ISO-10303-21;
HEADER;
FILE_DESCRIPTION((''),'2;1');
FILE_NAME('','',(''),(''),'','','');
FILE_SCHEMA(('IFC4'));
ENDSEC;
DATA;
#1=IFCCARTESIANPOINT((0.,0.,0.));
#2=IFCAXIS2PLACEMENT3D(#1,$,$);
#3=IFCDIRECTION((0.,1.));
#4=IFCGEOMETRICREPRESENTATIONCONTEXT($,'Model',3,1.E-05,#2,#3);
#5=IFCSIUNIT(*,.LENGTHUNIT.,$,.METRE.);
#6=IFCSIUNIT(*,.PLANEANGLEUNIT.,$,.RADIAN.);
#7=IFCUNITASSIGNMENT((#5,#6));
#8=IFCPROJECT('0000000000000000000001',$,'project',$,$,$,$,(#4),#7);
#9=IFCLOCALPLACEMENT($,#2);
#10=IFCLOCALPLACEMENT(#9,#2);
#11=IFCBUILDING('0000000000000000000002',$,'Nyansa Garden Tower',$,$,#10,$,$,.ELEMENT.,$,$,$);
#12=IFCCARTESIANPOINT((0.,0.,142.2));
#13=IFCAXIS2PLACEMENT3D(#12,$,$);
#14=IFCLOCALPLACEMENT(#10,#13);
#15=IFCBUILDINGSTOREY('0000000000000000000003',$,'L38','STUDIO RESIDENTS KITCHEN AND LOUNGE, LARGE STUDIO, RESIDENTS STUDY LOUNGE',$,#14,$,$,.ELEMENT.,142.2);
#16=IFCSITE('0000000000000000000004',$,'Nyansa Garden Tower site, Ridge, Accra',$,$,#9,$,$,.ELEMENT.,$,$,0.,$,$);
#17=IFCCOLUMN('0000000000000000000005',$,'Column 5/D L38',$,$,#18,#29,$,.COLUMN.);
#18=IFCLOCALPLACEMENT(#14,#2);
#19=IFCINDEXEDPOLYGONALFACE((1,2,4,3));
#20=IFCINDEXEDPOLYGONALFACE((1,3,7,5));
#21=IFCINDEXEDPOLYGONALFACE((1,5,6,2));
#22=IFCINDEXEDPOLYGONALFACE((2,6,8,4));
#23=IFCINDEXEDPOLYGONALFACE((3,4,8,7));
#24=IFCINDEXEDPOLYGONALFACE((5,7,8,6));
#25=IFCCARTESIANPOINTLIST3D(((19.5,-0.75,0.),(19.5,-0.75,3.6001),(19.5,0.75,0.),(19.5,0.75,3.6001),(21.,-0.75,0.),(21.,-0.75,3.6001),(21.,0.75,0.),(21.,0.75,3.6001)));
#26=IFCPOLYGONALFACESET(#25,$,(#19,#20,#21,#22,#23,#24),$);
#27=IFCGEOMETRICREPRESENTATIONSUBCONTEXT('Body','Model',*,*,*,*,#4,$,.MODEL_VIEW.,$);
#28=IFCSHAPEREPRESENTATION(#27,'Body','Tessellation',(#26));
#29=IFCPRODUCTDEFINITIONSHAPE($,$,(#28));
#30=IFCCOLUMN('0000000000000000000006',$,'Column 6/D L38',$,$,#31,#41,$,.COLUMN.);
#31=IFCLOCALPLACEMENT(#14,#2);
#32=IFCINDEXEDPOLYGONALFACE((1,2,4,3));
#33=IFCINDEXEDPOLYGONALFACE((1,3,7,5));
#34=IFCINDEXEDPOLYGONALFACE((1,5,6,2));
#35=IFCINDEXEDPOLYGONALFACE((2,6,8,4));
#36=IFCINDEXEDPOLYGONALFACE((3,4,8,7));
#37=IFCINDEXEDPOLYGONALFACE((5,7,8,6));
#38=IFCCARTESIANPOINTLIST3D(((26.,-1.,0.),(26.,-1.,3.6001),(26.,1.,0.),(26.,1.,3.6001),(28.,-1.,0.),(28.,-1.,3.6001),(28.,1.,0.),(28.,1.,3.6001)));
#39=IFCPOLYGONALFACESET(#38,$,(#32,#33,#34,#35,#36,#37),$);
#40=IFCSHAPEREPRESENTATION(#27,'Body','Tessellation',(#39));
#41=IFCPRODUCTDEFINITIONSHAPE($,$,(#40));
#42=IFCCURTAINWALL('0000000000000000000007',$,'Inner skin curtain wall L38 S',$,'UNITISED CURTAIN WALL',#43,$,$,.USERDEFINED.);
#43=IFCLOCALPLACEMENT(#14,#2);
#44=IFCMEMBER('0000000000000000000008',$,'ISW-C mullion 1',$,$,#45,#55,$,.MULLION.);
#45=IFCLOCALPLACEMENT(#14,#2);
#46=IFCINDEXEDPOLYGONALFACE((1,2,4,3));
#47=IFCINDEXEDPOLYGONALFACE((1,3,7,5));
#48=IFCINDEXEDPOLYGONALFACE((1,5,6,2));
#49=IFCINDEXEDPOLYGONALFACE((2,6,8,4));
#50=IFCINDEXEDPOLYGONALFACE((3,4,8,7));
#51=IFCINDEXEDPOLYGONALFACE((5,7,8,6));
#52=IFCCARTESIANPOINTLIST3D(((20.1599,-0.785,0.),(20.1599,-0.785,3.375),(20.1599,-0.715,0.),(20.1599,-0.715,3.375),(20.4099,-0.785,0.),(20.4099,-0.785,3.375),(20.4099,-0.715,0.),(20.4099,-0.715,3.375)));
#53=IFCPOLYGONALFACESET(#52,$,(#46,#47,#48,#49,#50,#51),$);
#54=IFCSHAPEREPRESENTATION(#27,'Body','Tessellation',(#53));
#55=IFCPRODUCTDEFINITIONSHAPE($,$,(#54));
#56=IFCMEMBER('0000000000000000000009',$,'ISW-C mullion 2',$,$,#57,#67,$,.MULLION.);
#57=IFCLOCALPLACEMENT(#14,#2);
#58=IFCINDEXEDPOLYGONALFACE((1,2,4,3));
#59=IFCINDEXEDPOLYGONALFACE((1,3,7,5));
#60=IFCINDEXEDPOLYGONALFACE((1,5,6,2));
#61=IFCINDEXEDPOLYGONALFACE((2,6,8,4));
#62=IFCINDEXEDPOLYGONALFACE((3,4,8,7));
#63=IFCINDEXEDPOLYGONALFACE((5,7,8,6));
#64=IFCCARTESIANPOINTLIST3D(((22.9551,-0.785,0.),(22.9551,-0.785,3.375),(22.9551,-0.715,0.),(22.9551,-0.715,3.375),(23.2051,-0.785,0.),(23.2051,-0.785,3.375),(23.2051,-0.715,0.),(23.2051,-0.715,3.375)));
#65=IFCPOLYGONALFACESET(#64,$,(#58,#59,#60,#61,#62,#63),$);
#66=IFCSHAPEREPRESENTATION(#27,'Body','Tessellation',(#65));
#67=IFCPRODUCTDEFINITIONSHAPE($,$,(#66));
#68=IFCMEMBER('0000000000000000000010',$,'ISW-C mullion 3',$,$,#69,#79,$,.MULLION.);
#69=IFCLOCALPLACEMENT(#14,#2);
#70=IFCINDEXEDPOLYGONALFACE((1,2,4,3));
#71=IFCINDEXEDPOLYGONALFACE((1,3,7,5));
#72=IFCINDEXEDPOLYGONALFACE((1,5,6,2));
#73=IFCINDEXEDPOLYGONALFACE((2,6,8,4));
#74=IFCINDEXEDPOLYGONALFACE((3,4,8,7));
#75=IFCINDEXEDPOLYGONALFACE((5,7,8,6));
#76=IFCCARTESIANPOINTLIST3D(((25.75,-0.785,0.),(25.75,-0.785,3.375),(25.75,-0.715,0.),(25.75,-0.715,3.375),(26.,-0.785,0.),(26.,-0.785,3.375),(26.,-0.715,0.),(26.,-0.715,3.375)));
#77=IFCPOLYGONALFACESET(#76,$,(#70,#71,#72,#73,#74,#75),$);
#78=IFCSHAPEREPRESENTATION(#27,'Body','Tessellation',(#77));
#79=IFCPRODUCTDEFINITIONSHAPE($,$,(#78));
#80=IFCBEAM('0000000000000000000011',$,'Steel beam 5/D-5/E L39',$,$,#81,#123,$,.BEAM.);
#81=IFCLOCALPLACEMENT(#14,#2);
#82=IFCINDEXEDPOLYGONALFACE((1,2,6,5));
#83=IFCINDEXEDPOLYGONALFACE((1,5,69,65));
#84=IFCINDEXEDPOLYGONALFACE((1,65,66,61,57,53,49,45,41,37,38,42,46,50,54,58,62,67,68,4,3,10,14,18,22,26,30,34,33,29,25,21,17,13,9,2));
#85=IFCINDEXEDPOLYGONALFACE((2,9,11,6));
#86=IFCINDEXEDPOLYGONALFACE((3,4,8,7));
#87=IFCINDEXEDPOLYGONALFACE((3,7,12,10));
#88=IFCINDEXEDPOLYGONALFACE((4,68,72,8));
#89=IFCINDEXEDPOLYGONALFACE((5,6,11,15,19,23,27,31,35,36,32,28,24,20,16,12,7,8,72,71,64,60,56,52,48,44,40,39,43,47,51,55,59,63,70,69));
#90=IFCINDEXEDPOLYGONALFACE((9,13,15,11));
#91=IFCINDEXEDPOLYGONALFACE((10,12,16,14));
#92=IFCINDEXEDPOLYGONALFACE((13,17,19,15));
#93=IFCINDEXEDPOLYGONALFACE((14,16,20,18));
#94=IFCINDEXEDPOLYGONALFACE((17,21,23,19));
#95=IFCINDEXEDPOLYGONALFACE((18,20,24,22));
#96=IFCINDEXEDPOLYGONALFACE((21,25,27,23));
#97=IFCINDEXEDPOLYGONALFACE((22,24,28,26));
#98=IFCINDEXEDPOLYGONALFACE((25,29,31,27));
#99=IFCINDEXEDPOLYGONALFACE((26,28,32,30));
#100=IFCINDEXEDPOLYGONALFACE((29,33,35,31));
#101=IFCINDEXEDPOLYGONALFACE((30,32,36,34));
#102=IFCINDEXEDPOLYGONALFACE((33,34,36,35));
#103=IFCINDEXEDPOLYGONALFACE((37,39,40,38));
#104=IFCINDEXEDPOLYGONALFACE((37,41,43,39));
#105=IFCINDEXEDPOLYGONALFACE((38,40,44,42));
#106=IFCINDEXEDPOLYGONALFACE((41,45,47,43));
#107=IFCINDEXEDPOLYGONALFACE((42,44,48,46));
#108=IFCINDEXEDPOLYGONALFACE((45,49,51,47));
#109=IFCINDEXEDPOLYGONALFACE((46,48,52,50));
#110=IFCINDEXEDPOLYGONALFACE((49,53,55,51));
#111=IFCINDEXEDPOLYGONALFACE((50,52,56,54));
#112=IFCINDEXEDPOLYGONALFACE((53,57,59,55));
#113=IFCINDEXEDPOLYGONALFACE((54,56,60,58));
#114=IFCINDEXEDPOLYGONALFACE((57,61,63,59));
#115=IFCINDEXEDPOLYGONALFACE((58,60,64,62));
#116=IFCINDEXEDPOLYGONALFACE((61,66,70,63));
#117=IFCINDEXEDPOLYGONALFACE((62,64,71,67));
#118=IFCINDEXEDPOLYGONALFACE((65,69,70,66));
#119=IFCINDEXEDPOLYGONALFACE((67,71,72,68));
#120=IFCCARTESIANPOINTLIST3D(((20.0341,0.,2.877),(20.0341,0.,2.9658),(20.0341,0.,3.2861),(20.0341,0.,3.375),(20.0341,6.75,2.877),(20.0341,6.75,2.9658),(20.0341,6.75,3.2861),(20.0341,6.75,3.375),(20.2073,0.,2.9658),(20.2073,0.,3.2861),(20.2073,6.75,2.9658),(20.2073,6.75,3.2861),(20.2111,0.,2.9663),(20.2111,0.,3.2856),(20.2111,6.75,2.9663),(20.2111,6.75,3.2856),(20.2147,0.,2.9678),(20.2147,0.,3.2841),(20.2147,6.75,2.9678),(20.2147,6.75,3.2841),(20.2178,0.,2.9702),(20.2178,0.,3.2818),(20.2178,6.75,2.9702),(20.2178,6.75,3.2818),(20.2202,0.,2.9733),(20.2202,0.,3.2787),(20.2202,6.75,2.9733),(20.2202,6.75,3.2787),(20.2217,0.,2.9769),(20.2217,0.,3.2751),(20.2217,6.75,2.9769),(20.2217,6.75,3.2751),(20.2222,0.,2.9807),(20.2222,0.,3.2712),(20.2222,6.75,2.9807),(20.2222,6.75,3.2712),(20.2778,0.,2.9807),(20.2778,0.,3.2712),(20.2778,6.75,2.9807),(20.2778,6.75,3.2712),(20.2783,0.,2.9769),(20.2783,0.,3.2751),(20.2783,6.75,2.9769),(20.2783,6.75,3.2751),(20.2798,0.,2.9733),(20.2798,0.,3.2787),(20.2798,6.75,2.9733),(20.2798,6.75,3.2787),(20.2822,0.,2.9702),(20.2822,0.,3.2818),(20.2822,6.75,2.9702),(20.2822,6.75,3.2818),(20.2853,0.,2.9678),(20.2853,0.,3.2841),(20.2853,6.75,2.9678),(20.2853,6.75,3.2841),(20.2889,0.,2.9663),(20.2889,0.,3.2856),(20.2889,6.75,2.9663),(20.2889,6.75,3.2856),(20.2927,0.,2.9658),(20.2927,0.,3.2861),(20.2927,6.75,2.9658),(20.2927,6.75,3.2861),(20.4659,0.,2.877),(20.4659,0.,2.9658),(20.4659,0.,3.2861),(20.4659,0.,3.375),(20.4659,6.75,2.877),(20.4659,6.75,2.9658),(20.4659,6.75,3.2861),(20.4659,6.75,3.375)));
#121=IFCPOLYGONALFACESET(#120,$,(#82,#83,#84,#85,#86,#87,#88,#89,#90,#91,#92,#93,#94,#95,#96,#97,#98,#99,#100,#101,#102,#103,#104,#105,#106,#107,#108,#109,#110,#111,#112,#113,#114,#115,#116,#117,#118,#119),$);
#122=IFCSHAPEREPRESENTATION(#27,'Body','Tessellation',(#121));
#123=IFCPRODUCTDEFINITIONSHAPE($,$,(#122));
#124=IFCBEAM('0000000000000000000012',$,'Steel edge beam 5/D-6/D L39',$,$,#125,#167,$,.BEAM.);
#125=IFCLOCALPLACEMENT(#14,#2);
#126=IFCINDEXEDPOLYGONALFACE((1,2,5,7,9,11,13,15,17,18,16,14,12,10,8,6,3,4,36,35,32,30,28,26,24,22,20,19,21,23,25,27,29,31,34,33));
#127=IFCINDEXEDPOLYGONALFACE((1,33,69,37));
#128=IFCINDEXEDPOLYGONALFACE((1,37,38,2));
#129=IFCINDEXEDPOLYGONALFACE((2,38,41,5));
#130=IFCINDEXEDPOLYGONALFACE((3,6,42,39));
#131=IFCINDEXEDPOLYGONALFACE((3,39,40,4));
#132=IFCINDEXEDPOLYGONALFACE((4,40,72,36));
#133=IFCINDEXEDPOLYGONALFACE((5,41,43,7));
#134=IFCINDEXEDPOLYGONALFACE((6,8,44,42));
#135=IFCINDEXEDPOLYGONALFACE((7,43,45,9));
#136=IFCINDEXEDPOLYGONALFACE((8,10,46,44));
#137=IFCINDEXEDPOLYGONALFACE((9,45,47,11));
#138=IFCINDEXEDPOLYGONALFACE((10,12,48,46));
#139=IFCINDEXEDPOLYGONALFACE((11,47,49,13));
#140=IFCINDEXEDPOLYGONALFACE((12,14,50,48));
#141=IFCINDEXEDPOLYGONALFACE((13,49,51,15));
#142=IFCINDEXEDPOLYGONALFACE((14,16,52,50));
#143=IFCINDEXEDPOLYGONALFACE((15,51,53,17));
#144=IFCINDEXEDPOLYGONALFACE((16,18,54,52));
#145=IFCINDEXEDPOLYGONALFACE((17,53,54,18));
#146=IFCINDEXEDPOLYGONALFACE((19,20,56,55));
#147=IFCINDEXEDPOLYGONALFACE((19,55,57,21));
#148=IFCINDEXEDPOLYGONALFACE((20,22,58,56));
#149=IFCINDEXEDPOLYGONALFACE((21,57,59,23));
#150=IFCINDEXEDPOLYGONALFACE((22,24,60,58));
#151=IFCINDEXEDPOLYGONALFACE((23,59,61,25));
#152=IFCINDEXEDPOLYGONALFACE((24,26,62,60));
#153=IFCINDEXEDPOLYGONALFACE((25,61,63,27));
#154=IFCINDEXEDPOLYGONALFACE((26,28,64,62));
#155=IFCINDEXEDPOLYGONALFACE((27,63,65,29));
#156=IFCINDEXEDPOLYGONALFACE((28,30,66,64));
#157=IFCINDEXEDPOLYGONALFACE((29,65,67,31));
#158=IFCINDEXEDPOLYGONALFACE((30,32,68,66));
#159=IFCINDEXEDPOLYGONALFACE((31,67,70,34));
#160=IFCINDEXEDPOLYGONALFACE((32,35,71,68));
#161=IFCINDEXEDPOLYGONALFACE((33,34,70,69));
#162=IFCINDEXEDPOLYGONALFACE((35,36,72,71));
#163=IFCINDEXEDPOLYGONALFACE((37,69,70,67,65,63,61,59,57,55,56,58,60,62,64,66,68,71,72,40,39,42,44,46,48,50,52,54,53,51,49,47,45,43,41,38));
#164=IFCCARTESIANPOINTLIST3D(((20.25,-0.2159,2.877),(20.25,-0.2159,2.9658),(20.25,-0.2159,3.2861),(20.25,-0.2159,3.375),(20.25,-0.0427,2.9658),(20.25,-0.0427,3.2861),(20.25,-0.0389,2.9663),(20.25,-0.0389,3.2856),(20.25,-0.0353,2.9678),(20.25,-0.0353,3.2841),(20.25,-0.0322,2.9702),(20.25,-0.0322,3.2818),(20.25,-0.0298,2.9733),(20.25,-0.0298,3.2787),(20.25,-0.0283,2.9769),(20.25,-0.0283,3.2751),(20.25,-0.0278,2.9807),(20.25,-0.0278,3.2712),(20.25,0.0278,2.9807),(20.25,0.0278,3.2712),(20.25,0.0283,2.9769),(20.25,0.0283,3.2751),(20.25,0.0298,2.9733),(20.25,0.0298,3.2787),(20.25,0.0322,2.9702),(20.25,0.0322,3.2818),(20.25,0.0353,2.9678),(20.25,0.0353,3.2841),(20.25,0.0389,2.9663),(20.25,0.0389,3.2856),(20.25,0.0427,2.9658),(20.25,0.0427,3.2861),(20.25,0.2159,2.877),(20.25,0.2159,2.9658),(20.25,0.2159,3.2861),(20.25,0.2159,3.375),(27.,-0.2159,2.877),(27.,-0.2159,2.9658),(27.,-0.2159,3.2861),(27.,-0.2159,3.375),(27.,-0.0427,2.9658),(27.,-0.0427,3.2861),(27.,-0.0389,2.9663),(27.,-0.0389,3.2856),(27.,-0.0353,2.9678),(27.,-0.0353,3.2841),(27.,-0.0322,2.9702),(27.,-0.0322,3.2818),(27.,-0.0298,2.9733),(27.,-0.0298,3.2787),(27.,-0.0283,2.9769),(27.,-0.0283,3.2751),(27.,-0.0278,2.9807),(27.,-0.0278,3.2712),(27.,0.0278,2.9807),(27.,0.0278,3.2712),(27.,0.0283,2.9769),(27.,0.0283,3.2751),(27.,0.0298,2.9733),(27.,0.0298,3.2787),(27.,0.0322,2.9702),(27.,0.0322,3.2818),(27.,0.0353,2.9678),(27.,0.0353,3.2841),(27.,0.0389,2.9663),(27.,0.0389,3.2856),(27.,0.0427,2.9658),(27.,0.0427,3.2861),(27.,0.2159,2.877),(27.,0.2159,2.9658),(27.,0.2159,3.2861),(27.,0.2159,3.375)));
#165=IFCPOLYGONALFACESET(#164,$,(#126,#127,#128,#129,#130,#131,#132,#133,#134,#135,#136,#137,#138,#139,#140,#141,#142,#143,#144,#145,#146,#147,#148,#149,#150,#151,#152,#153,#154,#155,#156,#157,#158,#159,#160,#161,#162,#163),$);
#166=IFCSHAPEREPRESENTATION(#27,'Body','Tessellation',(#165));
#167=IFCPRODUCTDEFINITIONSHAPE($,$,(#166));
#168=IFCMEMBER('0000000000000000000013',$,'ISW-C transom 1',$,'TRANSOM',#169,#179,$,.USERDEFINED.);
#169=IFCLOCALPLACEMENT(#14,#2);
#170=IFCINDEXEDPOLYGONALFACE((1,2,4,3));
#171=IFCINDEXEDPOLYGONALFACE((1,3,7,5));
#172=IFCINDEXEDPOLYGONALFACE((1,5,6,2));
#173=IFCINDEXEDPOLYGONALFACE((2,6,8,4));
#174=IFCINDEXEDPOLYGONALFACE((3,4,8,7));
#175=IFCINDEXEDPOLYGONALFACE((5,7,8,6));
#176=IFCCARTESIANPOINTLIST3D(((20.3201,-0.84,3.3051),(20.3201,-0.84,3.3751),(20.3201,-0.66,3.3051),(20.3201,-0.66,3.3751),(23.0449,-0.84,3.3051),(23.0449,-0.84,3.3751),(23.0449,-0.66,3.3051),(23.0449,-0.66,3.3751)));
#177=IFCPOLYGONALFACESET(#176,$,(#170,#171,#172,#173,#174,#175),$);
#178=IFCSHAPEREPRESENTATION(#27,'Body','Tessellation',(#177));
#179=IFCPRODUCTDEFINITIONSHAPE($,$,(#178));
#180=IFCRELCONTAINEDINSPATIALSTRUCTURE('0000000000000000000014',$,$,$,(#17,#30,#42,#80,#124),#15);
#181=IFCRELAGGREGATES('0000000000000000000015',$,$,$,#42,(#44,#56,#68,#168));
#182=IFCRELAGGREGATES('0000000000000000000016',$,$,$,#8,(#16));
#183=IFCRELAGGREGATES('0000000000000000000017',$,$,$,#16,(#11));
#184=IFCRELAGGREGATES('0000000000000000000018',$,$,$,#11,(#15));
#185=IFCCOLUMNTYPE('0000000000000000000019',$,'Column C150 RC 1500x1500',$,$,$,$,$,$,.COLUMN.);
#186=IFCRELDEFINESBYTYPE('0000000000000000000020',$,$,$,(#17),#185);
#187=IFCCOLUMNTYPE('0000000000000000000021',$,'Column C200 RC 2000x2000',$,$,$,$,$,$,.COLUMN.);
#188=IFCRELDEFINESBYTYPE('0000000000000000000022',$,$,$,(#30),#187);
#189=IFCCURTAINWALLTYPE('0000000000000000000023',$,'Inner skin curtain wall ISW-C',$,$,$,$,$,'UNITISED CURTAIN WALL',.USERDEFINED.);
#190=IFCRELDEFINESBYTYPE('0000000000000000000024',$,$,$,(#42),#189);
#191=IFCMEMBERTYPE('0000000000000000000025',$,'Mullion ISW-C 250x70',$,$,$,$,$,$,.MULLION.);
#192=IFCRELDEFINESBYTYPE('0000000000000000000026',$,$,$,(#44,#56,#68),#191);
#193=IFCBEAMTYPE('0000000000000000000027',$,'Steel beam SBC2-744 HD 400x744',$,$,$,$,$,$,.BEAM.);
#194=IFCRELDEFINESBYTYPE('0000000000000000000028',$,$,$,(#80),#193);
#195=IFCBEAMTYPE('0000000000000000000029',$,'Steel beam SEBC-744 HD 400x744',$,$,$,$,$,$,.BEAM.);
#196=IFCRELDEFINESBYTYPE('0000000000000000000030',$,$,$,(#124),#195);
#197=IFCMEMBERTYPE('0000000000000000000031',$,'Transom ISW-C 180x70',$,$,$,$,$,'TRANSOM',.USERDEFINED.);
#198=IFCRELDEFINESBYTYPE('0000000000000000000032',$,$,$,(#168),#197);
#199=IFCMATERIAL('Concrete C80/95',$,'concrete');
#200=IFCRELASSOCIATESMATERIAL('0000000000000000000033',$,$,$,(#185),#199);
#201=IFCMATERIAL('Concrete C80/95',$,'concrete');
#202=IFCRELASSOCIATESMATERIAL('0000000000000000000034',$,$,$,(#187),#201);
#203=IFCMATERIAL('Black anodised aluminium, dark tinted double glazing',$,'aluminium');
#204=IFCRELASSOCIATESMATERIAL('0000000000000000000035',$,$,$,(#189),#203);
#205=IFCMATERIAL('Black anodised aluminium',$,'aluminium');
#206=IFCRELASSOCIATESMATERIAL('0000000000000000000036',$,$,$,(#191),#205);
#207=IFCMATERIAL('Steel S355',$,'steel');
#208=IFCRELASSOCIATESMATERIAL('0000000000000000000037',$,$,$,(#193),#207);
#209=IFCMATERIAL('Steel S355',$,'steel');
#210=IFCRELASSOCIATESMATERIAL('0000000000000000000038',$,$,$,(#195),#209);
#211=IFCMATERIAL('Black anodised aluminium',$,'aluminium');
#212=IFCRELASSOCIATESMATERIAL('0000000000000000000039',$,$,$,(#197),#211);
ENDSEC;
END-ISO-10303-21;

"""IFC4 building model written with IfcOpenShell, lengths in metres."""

from ifc_helpers import new_model, si_unit, direction, frame, origin, origin_2d, place, context, subcontext, project, spatial, rectangle, i_section, extrude, material, material_profile, profile_set, type_object, element, aggregate, save


model = new_model("IFC4")

# Units and contexts
model_context = context("Model", 3, precision=1e-05, world=origin(), true_north=direction((0.0, 1.0)))
body_context = subcontext(model_context, "Body", "Model", "MODEL_VIEW")
ifc_project = project(units=[si_unit("LENGTHUNIT", "METRE"), si_unit("PLANEANGLEUNIT", "RADIAN")], contexts=[model_context])

# Site, building, storey
site_placement = place(None, origin())
site = spatial("IfcSite", under=ifc_project, at=site_placement, Name="Nyansa Garden Tower site, Ridge, Accra", CompositionType="ELEMENT", RefElevation=0.0)
building_placement = place(site_placement, origin())
building = spatial("IfcBuilding", under=site, at=building_placement, Name="Nyansa Garden Tower", CompositionType="ELEMENT")
storey_placement = place(building_placement, frame((0.0, 0.0, 142.2)))
storey = spatial("IfcBuildingStorey", under=building, at=storey_placement, Name="L38", Description="STUDIO RESIDENTS KITCHEN AND LOUNGE, LARGE STUDIO, RESIDENTS STUDY LOUNGE", CompositionType="ELEMENT", Elevation=142.2)

# Columns
ifc_material_1 = material(Name="Concrete C80/95", Category="concrete")
ifc_material_profile_1 = material_profile(ifc_material_1, rectangle(XDim=1.5, YDim=1.5, at=origin_2d()), Name="RC 1500x1500")
ifc_profile_set_1 = profile_set([ifc_material_profile_1], Name="Concrete C80/95")
column_type_1 = type_object("IfcColumnType", Name="Column C150 RC 1500x1500", PredefinedType="COLUMN", material=ifc_profile_set_1)
column_1_placement = place(storey_placement, frame((20.25, 0.0, 0.0), z_axis=(0.0, 0.0, 1.0), x_axis=(1.0, 0.0, 0.0)))
element("IfcColumn", 1, at=column_1_placement, inside=storey, type_object=column_type_1, Name="Column 5/D L38", PredefinedType="COLUMN", context=body_context, shape_type="SweptSolid", body=[
    extrude(rectangle(XDim=1.5, YDim=1.5, at=origin_2d()), origin(), (0.0, 0.0, 1.0), 3.6001),
])
ifc_material_2 = material(Name="Concrete C80/95", Category="concrete")
ifc_material_profile_2 = material_profile(ifc_material_2, rectangle(XDim=2.0, YDim=2.0, at=origin_2d()), Name="RC 2000x2000")
ifc_profile_set_2 = profile_set([ifc_material_profile_2], Name="Concrete C80/95")
column_type_2 = type_object("IfcColumnType", Name="Column C200 RC 2000x2000", PredefinedType="COLUMN", material=ifc_profile_set_2)
column_2_placement = place(storey_placement, frame((27.0, 0.0, 0.0), z_axis=(0.0, 0.0, 1.0), x_axis=(1.0, 0.0, 0.0)))
element("IfcColumn", 2, at=column_2_placement, inside=storey, type_object=column_type_2, Name="Column 6/D L38", PredefinedType="COLUMN", context=body_context, shape_type="SweptSolid", body=[
    extrude(rectangle(XDim=2.0, YDim=2.0, at=origin_2d()), origin(), (0.0, 0.0, 1.0), 3.6001),
])

# Curtain wall, members
ifc_material_3 = material(Name="Black anodised aluminium, dark tinted double glazing", Category="aluminium")
curtain_wall_type = type_object("IfcCurtainWallType", Name="Inner skin curtain wall ISW-C", ElementType="UNITISED CURTAIN WALL", PredefinedType="USERDEFINED", material=ifc_material_3)
curtain_wall_placement = place(storey_placement, origin())
curtain_wall = element("IfcCurtainWall", 3, at=curtain_wall_placement, inside=storey, type_object=curtain_wall_type, Name="Inner skin curtain wall L38 S", ObjectType="UNITISED CURTAIN WALL", PredefinedType="USERDEFINED")
ifc_material_4 = material(Name="Black anodised aluminium", Category="aluminium")
ifc_material_profile_3 = material_profile(ifc_material_4, rectangle(XDim=0.0701, YDim=0.25, at=origin_2d()), Name="Mullion 250x70")
ifc_profile_set_3 = profile_set([ifc_material_profile_3], Name="Black anodised aluminium")
member_type_1 = type_object("IfcMemberType", Name="Mullion ISW-C 250x70", PredefinedType="MULLION", material=ifc_profile_set_3)
member_1_placement = place(storey_placement, frame((20.2849, -0.75, 0.0), z_axis=(0.0, 0.0, 1.0), x_axis=(0.0, 1.0, 0.0)))
member_1 = element("IfcMember", 4, at=member_1_placement, type_object=member_type_1, Name="ISW-C mullion 1", PredefinedType="MULLION", context=body_context, shape_type="SweptSolid", body=[
    extrude(rectangle(XDim=0.0701, YDim=0.25, at=origin_2d()), origin(), (0.0, 0.0, 1.0), 3.375),
])
member_2_placement = place(storey_placement, frame((23.0801, -0.75, 0.0), z_axis=(0.0, 0.0, 1.0), x_axis=(0.0, 1.0, 0.0)))
member_2 = element("IfcMember", 5, at=member_2_placement, type_object=member_type_1, Name="ISW-C mullion 2", PredefinedType="MULLION", context=body_context, shape_type="SweptSolid", body=[
    extrude(rectangle(XDim=0.0701, YDim=0.25, at=origin_2d()), origin(), (0.0, 0.0, 1.0), 3.375),
])
member_3_placement = place(storey_placement, frame((25.875, -0.75, 0.0), z_axis=(0.0, 0.0, 1.0), x_axis=(0.0, 1.0, 0.0)))
member_3 = element("IfcMember", 6, at=member_3_placement, type_object=member_type_1, Name="ISW-C mullion 3", PredefinedType="MULLION", context=body_context, shape_type="SweptSolid", body=[
    extrude(rectangle(XDim=0.0701, YDim=0.25, at=origin_2d()), origin(), (0.0, 0.0, 1.0), 3.375),
])

# Beams
ifc_material_5 = material(Name="Steel S355", Category="steel")
ifc_material_profile_4 = material_profile(ifc_material_5, i_section(OverallWidth=0.4319, OverallDepth=0.498, WebThickness=0.0557, FlangeThickness=0.0889, FilletRadius=0.0149, at=origin_2d()), Name="HD 400x744")
ifc_profile_set_4 = profile_set([ifc_material_profile_4], Name="Steel S355")
beam_type_1 = type_object("IfcBeamType", Name="Steel beam SBC2-744 HD 400x744", PredefinedType="BEAM", material=ifc_profile_set_4)
beam_1_placement = place(storey_placement, frame((20.25, 0.0, 3.126), z_axis=(0.0, 1.0, 0.0), x_axis=(-1.0, 0.0, 0.0)))
element("IfcBeam", 7, at=beam_1_placement, inside=storey, type_object=beam_type_1, Name="Steel beam 5/D-5/E L39", PredefinedType="BEAM", context=body_context, shape_type="SweptSolid", body=[
    extrude(i_section(OverallWidth=0.4319, OverallDepth=0.498, WebThickness=0.0557, FlangeThickness=0.0889, FilletRadius=0.0149, at=origin_2d()), origin(), (0.0, 0.0, 1.0), 6.75),
])
ifc_material_6 = material(Name="Steel S355", Category="steel")
ifc_material_profile_5 = material_profile(ifc_material_6, i_section(OverallWidth=0.4319, OverallDepth=0.498, WebThickness=0.0557, FlangeThickness=0.0889, FilletRadius=0.0149, at=origin_2d()), Name="HD 400x744")
ifc_profile_set_5 = profile_set([ifc_material_profile_5], Name="Steel S355")
beam_type_2 = type_object("IfcBeamType", Name="Steel beam SEBC-744 HD 400x744", PredefinedType="BEAM", material=ifc_profile_set_5)
beam_2_placement = place(storey_placement, frame((20.25, 0.0, 3.126), z_axis=(1.0, 0.0, 0.0), x_axis=(0.0, 1.0, 0.0)))
element("IfcBeam", 8, at=beam_2_placement, inside=storey, type_object=beam_type_2, Name="Steel edge beam 5/D-6/D L39", PredefinedType="BEAM", context=body_context, shape_type="SweptSolid", body=[
    extrude(i_section(OverallWidth=0.4319, OverallDepth=0.498, WebThickness=0.0557, FlangeThickness=0.0889, FilletRadius=0.0149, at=origin_2d()), origin(), (0.0, 0.0, 1.0), 6.75),
])

# Member
ifc_material_7 = material(Name="Black anodised aluminium", Category="aluminium")
ifc_material_profile_6 = material_profile(ifc_material_7, rectangle(XDim=0.1799, YDim=0.0701, at=origin_2d()), Name="Transom 180x70")
ifc_profile_set_6 = profile_set([ifc_material_profile_6], Name="Black anodised aluminium")
member_type_2 = type_object("IfcMemberType", Name="Transom ISW-C 180x70", ElementType="TRANSOM", PredefinedType="USERDEFINED", material=ifc_profile_set_6)
member_4_placement = place(storey_placement, frame((20.3201, -0.75, 3.3401), z_axis=(1.0, 0.0, 0.0), x_axis=(0.0, 1.0, 0.0)))
member_4 = element("IfcMember", 9, at=member_4_placement, type_object=member_type_2, Name="ISW-C transom 1", ObjectType="TRANSOM", PredefinedType="USERDEFINED", context=body_context, shape_type="SweptSolid", body=[
    extrude(rectangle(XDim=0.1799, YDim=0.0701, at=origin_2d()), origin(), (0.0, 0.0, 1.0), 2.7249),
])

aggregate(curtain_wall, [member_1, member_2, member_3, member_4])

save(model, "model.ifc")
